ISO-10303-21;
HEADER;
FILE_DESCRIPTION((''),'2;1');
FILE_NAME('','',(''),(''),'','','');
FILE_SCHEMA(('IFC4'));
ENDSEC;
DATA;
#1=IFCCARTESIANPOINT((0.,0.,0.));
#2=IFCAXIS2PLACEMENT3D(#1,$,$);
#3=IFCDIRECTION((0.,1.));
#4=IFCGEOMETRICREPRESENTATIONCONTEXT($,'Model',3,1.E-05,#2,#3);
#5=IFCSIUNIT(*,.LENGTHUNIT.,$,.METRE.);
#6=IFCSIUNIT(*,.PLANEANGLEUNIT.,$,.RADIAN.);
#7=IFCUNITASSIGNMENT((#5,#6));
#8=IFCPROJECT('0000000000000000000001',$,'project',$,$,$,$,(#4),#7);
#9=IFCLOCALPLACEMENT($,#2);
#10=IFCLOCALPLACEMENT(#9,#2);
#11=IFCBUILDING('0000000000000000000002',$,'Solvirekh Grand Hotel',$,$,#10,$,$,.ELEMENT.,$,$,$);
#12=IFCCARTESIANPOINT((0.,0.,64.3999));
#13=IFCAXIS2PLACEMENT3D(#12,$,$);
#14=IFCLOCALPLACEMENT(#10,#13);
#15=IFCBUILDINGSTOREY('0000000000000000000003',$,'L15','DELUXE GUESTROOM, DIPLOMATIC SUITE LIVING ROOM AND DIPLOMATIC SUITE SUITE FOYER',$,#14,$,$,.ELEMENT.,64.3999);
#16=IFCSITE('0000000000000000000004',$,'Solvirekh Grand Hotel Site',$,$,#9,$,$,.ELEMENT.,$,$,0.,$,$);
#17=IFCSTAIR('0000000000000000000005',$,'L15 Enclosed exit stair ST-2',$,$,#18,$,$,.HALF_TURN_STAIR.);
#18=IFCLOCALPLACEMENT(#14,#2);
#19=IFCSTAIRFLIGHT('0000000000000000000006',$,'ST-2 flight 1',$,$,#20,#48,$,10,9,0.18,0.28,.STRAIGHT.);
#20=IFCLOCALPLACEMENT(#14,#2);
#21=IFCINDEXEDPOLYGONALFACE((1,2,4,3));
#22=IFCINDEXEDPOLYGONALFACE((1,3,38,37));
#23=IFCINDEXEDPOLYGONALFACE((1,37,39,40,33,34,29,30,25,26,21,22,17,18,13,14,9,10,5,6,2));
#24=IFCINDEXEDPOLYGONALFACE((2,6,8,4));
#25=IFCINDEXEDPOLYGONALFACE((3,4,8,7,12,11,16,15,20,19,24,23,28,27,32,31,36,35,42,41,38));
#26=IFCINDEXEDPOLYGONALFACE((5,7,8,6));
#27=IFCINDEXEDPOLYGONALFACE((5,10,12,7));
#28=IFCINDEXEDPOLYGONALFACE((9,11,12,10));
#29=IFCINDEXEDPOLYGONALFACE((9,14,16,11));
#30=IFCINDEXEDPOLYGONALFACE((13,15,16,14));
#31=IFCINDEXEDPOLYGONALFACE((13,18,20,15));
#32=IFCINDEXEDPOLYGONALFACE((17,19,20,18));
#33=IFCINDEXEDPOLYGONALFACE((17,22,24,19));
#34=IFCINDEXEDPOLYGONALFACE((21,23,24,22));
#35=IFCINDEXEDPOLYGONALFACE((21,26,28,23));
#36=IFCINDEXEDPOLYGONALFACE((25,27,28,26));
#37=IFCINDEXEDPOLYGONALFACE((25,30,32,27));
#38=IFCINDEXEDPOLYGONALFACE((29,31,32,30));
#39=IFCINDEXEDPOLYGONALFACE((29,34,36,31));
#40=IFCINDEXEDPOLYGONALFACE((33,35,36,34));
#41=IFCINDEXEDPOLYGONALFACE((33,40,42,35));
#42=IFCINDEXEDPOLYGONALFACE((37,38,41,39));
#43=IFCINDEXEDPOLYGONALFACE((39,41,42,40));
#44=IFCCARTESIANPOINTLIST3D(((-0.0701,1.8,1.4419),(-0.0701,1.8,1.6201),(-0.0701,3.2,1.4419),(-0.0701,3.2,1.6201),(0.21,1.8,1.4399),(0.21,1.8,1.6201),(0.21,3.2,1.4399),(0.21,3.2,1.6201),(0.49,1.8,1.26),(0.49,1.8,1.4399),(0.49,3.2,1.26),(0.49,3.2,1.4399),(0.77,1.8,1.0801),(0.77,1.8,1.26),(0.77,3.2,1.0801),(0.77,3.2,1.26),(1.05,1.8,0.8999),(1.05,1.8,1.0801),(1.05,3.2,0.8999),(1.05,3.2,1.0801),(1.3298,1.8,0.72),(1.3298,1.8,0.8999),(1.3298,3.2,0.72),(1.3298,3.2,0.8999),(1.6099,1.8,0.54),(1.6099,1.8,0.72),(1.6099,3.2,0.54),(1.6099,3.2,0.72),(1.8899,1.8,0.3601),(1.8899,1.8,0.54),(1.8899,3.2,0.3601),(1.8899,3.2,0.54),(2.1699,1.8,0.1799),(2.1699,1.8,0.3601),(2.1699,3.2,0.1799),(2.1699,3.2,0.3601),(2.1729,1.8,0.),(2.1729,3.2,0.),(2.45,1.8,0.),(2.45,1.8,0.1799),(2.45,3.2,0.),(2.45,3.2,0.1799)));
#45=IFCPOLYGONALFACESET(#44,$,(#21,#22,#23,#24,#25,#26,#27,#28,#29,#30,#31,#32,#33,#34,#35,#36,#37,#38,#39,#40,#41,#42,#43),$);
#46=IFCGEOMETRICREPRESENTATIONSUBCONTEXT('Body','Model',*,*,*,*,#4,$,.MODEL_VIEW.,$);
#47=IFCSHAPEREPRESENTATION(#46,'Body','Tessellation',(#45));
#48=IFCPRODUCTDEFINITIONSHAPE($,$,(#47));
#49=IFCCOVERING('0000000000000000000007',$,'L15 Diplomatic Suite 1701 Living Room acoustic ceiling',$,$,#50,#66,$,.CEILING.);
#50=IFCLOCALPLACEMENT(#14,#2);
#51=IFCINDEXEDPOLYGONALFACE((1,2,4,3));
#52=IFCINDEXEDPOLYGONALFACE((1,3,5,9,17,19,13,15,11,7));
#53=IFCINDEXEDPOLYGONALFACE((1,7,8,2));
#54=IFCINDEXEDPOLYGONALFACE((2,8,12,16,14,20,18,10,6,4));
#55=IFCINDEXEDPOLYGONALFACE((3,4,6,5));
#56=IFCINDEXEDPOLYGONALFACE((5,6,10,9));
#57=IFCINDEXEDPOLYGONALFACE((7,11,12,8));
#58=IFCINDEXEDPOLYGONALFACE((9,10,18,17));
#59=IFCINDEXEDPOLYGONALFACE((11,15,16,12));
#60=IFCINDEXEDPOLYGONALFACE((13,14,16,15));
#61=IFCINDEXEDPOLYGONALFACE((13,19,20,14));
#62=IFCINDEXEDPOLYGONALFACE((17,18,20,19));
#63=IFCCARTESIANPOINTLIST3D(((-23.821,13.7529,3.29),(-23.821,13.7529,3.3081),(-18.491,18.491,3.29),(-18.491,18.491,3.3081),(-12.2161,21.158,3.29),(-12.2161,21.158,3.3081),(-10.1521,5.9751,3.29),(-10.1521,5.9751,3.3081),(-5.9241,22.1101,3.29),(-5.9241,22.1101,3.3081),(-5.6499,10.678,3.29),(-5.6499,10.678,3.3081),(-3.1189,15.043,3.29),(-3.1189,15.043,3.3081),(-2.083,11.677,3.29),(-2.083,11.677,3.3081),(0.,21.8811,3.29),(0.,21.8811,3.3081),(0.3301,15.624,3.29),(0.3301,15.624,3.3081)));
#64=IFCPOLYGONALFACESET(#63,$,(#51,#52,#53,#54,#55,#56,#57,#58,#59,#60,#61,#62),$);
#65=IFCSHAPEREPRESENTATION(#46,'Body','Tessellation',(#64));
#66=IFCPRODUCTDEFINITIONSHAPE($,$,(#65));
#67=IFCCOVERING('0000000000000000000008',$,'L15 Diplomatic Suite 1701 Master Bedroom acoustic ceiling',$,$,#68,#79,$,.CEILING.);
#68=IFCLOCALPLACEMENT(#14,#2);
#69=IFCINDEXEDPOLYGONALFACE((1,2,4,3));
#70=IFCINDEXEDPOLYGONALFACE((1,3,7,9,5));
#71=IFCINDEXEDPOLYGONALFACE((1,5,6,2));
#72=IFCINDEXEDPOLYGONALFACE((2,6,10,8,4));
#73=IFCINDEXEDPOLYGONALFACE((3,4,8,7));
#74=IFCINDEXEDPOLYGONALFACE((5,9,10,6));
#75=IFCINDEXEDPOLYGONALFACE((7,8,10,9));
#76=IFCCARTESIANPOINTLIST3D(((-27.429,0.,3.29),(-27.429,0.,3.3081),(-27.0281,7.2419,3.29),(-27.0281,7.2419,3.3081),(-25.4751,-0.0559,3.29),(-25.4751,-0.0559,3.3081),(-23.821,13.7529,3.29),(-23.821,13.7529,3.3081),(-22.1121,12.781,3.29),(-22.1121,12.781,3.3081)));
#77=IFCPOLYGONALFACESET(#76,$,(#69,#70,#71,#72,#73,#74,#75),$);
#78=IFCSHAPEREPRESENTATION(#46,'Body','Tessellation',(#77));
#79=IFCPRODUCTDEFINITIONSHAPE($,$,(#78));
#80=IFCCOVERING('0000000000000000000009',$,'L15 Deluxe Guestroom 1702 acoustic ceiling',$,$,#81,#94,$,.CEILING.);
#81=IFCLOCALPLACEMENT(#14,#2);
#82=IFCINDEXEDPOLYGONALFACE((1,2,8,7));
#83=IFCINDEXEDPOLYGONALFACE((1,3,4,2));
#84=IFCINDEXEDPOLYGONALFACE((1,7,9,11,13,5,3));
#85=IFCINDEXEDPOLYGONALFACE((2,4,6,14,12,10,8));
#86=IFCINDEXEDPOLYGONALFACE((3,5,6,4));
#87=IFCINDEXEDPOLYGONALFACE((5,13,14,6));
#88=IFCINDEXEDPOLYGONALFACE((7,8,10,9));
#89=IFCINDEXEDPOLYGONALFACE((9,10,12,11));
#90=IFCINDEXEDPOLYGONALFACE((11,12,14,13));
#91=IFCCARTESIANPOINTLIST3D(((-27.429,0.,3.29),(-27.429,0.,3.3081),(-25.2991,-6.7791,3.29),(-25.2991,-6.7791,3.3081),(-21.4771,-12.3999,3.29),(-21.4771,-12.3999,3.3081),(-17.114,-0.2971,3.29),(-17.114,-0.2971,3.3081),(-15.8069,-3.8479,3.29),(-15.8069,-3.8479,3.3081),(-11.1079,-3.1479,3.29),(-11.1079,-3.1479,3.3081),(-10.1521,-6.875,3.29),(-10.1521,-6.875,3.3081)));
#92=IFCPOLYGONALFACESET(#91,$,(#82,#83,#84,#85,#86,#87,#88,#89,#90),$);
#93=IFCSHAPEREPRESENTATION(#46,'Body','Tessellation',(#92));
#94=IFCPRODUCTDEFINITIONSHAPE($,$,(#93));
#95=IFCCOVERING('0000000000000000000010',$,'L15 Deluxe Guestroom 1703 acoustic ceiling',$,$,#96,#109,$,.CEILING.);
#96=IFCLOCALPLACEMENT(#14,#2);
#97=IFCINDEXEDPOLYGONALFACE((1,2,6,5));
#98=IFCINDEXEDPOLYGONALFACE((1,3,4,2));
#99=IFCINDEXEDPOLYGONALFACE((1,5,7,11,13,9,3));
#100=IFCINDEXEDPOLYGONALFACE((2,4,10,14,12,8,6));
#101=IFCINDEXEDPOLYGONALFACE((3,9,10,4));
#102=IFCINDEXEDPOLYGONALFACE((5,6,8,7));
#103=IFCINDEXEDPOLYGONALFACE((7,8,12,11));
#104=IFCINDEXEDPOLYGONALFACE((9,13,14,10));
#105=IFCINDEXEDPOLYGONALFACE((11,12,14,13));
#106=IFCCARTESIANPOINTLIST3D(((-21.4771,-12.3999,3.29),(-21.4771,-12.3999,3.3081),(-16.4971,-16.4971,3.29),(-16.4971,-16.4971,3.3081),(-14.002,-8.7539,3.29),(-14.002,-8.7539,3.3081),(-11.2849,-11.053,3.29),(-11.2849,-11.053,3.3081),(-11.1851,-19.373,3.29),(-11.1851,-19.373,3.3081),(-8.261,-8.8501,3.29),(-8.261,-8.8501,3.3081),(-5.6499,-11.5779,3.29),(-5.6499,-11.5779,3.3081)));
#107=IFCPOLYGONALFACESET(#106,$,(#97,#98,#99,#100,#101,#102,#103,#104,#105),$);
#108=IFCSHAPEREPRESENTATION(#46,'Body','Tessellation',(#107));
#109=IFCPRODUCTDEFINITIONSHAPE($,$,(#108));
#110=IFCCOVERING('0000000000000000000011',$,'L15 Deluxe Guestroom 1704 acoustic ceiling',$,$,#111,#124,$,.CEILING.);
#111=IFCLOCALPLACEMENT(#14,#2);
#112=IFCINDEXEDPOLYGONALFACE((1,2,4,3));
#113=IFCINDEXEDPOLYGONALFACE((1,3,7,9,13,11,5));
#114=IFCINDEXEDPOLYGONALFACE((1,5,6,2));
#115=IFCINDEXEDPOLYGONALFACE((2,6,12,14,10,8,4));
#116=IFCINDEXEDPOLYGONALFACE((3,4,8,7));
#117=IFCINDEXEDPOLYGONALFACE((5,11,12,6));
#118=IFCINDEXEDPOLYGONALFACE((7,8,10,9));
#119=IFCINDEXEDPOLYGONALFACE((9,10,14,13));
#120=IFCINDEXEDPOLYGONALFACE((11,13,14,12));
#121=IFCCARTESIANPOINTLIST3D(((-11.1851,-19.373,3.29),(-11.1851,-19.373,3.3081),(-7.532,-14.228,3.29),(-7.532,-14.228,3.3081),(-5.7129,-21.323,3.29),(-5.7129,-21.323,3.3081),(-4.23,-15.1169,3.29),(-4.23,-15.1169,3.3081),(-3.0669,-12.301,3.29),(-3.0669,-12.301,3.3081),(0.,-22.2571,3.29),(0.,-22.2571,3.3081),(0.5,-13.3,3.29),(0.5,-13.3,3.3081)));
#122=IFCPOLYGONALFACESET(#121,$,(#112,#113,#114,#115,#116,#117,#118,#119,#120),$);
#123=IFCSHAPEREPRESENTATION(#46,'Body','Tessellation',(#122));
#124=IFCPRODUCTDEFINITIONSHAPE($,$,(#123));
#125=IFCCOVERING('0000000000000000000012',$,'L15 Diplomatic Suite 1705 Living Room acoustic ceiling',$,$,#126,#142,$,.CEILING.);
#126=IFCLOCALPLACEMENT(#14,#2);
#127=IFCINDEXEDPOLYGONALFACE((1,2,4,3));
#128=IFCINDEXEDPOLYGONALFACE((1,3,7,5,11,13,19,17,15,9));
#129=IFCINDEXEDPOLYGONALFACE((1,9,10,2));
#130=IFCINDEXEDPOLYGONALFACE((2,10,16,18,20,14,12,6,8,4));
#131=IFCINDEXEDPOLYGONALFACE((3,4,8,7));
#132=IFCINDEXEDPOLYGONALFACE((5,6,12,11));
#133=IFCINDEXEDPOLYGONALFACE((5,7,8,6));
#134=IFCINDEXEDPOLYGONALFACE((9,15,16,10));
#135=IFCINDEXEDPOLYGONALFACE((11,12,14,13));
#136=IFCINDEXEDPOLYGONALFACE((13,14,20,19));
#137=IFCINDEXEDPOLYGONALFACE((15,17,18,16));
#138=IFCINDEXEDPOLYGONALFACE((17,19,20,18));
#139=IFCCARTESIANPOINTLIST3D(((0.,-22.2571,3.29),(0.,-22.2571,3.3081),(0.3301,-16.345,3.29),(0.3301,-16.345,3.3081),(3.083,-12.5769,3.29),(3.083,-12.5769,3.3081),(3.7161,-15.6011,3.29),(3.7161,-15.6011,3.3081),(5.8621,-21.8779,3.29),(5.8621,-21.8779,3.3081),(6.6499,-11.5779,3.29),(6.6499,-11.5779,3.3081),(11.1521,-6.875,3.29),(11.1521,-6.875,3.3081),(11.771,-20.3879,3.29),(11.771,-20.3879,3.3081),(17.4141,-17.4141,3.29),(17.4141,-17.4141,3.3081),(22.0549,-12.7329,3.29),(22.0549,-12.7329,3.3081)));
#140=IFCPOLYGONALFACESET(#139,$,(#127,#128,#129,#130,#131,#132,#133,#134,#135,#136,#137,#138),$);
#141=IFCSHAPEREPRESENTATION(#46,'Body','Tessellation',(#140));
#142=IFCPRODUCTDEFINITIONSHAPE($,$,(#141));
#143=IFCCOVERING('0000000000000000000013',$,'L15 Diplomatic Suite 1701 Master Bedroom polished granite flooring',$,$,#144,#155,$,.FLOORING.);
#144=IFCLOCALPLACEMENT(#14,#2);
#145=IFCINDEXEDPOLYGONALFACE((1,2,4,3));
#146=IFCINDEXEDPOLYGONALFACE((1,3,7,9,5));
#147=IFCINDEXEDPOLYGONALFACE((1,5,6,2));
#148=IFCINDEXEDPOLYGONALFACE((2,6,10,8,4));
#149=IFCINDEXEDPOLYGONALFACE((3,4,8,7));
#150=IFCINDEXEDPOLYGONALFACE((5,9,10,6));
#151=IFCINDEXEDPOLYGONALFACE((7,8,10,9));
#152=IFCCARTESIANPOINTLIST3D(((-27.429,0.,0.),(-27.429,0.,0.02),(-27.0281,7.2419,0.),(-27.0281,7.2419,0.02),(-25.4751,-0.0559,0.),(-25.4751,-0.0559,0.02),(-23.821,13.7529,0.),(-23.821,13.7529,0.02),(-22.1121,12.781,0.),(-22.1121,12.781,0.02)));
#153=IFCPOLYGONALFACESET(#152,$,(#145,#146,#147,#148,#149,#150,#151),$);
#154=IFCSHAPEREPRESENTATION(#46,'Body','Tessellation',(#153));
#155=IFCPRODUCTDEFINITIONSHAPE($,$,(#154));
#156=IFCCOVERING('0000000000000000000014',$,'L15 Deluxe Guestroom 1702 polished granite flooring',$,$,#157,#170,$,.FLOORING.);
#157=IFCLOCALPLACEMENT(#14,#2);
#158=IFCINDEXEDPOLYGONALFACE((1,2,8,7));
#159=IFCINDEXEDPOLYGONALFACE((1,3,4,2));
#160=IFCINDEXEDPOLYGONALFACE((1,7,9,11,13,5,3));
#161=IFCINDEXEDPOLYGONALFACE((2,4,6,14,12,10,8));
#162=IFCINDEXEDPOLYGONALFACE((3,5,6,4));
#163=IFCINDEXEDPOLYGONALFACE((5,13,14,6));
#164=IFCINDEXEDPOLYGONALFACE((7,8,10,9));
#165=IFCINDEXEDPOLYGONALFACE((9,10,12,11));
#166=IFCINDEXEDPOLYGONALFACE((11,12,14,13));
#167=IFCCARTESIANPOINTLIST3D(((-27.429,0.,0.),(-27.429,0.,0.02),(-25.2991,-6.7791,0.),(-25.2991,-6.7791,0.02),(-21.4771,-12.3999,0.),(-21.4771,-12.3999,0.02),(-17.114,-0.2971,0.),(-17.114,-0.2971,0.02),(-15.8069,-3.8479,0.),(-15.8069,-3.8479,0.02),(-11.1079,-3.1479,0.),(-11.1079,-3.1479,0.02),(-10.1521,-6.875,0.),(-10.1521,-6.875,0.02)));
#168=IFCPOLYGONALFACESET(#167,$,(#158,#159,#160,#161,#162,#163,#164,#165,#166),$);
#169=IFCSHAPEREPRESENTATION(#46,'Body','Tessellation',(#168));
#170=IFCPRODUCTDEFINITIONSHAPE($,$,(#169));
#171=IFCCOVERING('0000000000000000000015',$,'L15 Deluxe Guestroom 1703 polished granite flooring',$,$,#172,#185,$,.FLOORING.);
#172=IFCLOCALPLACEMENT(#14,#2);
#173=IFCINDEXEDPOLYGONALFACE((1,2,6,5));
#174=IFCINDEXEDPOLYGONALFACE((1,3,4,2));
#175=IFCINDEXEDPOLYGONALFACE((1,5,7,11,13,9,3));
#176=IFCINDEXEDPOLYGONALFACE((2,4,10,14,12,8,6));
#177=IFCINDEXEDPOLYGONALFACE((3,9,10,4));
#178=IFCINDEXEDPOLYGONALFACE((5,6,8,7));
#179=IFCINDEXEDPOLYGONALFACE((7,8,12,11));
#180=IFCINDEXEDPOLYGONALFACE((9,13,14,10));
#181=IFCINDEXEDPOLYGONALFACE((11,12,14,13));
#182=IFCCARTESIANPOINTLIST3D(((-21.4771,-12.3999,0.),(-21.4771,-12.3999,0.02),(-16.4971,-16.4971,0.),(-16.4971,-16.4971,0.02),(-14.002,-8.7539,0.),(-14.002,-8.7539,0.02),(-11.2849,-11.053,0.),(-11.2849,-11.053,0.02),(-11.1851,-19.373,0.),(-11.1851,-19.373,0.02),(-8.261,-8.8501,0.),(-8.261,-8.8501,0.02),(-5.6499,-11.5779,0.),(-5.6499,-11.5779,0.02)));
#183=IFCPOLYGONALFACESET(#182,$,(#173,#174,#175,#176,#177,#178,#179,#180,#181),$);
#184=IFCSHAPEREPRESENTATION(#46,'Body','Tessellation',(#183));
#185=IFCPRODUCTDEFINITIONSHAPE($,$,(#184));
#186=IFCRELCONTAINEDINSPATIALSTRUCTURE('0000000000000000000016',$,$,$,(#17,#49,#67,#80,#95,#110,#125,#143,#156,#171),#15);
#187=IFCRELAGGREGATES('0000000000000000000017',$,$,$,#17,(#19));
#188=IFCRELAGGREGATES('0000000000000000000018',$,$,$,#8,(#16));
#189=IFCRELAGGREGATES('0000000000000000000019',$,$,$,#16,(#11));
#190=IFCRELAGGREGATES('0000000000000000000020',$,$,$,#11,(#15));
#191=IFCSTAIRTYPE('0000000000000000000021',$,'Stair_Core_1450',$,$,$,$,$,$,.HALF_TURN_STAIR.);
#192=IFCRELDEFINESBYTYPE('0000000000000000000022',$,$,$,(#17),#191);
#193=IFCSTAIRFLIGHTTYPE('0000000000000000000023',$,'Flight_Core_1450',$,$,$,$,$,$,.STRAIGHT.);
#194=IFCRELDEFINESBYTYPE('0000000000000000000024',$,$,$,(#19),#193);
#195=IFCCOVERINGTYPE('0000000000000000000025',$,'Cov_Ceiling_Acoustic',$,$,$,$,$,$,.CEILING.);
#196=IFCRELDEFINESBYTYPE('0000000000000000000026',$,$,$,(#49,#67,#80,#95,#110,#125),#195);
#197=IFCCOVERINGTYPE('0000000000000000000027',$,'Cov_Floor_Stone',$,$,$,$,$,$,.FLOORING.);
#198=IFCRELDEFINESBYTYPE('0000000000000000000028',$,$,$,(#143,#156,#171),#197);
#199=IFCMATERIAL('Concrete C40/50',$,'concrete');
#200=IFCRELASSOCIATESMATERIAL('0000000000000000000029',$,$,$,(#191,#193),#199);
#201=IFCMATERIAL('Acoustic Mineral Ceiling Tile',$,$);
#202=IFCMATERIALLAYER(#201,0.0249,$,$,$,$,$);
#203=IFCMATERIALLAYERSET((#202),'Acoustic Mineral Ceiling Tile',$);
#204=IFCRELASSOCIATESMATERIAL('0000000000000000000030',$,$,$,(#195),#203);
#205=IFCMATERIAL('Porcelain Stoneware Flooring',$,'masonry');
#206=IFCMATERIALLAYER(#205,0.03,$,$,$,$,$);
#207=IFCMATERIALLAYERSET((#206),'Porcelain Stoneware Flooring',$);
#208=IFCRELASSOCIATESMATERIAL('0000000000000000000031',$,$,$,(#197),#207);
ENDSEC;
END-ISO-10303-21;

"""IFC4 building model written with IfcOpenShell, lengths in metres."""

from ifc_helpers import new_model, si_unit, direction, frame, origin, place, context, subcontext, project, spatial, polyline, outline, extrude, material, layer, layer_set, type_object, element, aggregate, save


model = new_model("IFC4")

# Units and contexts
model_context = context("Model", 3, precision=1e-05, world=origin(), true_north=direction((0.0, 1.0)))
body_context = subcontext(model_context, "Body", "Model", "MODEL_VIEW")
ifc_project = project(units=[si_unit("LENGTHUNIT", "METRE"), si_unit("PLANEANGLEUNIT", "RADIAN")], contexts=[model_context])

# Site, building, storey
site_placement = place(None, origin())
site = spatial("IfcSite", under=ifc_project, at=site_placement, Name="Solvirekh Grand Hotel Site", CompositionType="ELEMENT", RefElevation=0.0)
building_placement = place(site_placement, origin())
building = spatial("IfcBuilding", under=site, at=building_placement, Name="Solvirekh Grand Hotel", CompositionType="ELEMENT")
storey_placement = place(building_placement, frame((0.0, 0.0, 64.3999)))
storey = spatial("IfcBuildingStorey", under=building, at=storey_placement, Name="L15", Description="DELUXE GUESTROOM, DIPLOMATIC SUITE LIVING ROOM AND DIPLOMATIC SUITE SUITE FOYER", CompositionType="ELEMENT", Elevation=64.3999)

# Shared definitions
ifc_material_1 = material(Name="Concrete C40/50", Category="concrete")

# Stair, stair flight
stair_type = type_object("IfcStairType", Name="Stair_Core_1450", PredefinedType="HALF_TURN_STAIR", material=ifc_material_1)
stair_placement = place(storey_placement, origin())
stair = element("IfcStair", 1, at=stair_placement, inside=storey, type_object=stair_type, Name="L15 Enclosed exit stair ST-2", PredefinedType="HALF_TURN_STAIR")
stair_flight_type = type_object("IfcStairFlightType", Name="Flight_Core_1450", PredefinedType="STRAIGHT", material=ifc_material_1)
stair_flight_placement = place(storey_placement, frame((2.45, 2.5, 0.0), z_axis=(0.0, 0.0, 1.0), x_axis=(-1.0, 0.0, 0.0)))
stair_flight = element("IfcStairFlight", 2, at=stair_flight_placement, type_object=stair_flight_type, Name="ST-2 flight 1", NumberOfRisers=10, NumberOfTreads=9, PredefinedType="STRAIGHT", RiserHeight=0.18, TreadLength=0.28, context=body_context, shape_type="SweptSolid", body=[
    extrude(outline(polyline([(0.0, 0.0), (0.0, 0.1799), (0.28, 0.1799), (0.28, 0.3601), (0.5601, 0.3601), (0.5601, 0.54), (0.8401, 0.54), (0.8401, 0.72), (1.1201, 0.72), (1.1201, 0.8999), (1.3999, 0.8999), (1.3999, 1.0801), (1.6799, 1.0801), (1.6799, 1.26), (1.96, 1.26), (1.96, 1.4399), (2.24, 1.4399), (2.24, 1.6201), (2.52, 1.6201), (2.52, 1.8), (2.52, 1.4419), (0.2771, 0.0), (0.0, 0.0)])), frame((0.0, 0.7, 0.0), z_axis=(0.0, -1.0, 0.0), x_axis=(1.0, 0.0, 0.0)), (0.0, 0.0, 1.0), 1.3999),
])
aggregate(stair, [stair_flight])

# Coverings
ifc_material_2 = material(Name="Acoustic Mineral Ceiling Tile")
ifc_layer_1 = layer(ifc_material_2, 0.0249)
ifc_layer_set_1 = layer_set([ifc_layer_1], Name="Acoustic Mineral Ceiling Tile")
covering_type_1 = type_object("IfcCoveringType", Name="Cov_Ceiling_Acoustic", PredefinedType="CEILING", material=ifc_layer_set_1)
covering_1_placement = place(storey_placement, frame((0.0, 0.0, 3.29)))
element("IfcCovering", 3, at=covering_1_placement, inside=storey, type_object=covering_type_1, Name="L15 Diplomatic Suite 1701 Living Room acoustic ceiling", PredefinedType="CEILING", context=body_context, shape_type="SweptSolid", body=[
    extrude(outline(polyline([(-3.1189, 15.043), (0.3301, 15.624), (0.0, 21.8811), (-5.9241, 22.1101), (-12.2161, 21.158), (-18.491, 18.491), (-23.821, 13.7529), (-10.1521, 5.9751), (-5.6499, 10.678), (-2.083, 11.677), (-3.1189, 15.043)])), origin(), (0.0, 0.0, 1.0), 0.0181),
])
covering_2_placement = place(storey_placement, frame((0.0, 0.0, 3.29)))
element("IfcCovering", 4, at=covering_2_placement, inside=storey, type_object=covering_type_1, Name="L15 Diplomatic Suite 1701 Master Bedroom acoustic ceiling", PredefinedType="CEILING", context=body_context, shape_type="SweptSolid", body=[
    extrude(outline(polyline([(-23.821, 13.7529), (-27.0281, 7.2419), (-27.429, 0.0), (-25.4751, -0.0559), (-22.1121, 12.781), (-23.821, 13.7529)])), origin(), (0.0, 0.0, 1.0), 0.0181),
])
covering_3_placement = place(storey_placement, frame((0.0, 0.0, 3.29)))
element("IfcCovering", 5, at=covering_3_placement, inside=storey, type_object=covering_type_1, Name="L15 Deluxe Guestroom 1702 acoustic ceiling", PredefinedType="CEILING", context=body_context, shape_type="SweptSolid", body=[
    extrude(outline(polyline([(-15.8069, -3.8479), (-17.114, -0.2971), (-27.429, 0.0), (-25.2991, -6.7791), (-21.4771, -12.3999), (-10.1521, -6.875), (-11.1079, -3.1479), (-15.8069, -3.8479)])), origin(), (0.0, 0.0, 1.0), 0.0181),
])
covering_4_placement = place(storey_placement, frame((0.0, 0.0, 3.29)))
element("IfcCovering", 6, at=covering_4_placement, inside=storey, type_object=covering_type_1, Name="L15 Deluxe Guestroom 1703 acoustic ceiling", PredefinedType="CEILING", context=body_context, shape_type="SweptSolid", body=[
    extrude(outline(polyline([(-11.2849, -11.053), (-14.002, -8.7539), (-21.4771, -12.3999), (-16.4971, -16.4971), (-11.1851, -19.373), (-5.6499, -11.5779), (-8.261, -8.8501), (-11.2849, -11.053)])), origin(), (0.0, 0.0, 1.0), 0.0181),
])
covering_5_placement = place(storey_placement, frame((0.0, 0.0, 3.29)))
element("IfcCovering", 7, at=covering_5_placement, inside=storey, type_object=covering_type_1, Name="L15 Deluxe Guestroom 1704 acoustic ceiling", PredefinedType="CEILING", context=body_context, shape_type="SweptSolid", body=[
    extrude(outline(polyline([(-4.23, -15.1169), (-7.532, -14.228), (-11.1851, -19.373), (-5.7129, -21.323), (0.0, -22.2571), (0.5, -13.3), (-3.0669, -12.301), (-4.23, -15.1169)])), origin(), (0.0, 0.0, 1.0), 0.0181),
])
covering_6_placement = place(storey_placement, frame((0.0, 0.0, 3.29)))
element("IfcCovering", 8, at=covering_6_placement, inside=storey, type_object=covering_type_1, Name="L15 Diplomatic Suite 1705 Living Room acoustic ceiling", PredefinedType="CEILING", context=body_context, shape_type="SweptSolid", body=[
    extrude(outline(polyline([(3.7161, -15.6011), (0.3301, -16.345), (0.0, -22.2571), (5.8621, -21.8779), (11.771, -20.3879), (17.4141, -17.4141), (22.0549, -12.7329), (11.1521, -6.875), (6.6499, -11.5779), (3.083, -12.5769), (3.7161, -15.6011)])), origin(), (0.0, 0.0, 1.0), 0.0181),
])
ifc_material_3 = material(Name="Porcelain Stoneware Flooring", Category="masonry")
ifc_layer_2 = layer(ifc_material_3, 0.03)
ifc_layer_set_2 = layer_set([ifc_layer_2], Name="Porcelain Stoneware Flooring")
covering_type_2 = type_object("IfcCoveringType", Name="Cov_Floor_Stone", PredefinedType="FLOORING", material=ifc_layer_set_2)
covering_7_placement = place(storey_placement, origin())
element("IfcCovering", 9, at=covering_7_placement, inside=storey, type_object=covering_type_2, Name="L15 Diplomatic Suite 1701 Master Bedroom polished granite flooring", PredefinedType="FLOORING", context=body_context, shape_type="SweptSolid", body=[
    extrude(outline(polyline([(-23.821, 13.7529), (-27.0281, 7.2419), (-27.429, 0.0), (-25.4751, -0.0559), (-22.1121, 12.781), (-23.821, 13.7529)])), origin(), (0.0, 0.0, 1.0), 0.02),
])
covering_8_placement = place(storey_placement, origin())
element("IfcCovering", 10, at=covering_8_placement, inside=storey, type_object=covering_type_2, Name="L15 Deluxe Guestroom 1702 polished granite flooring", PredefinedType="FLOORING", context=body_context, shape_type="SweptSolid", body=[
    extrude(outline(polyline([(-15.8069, -3.8479), (-17.114, -0.2971), (-27.429, 0.0), (-25.2991, -6.7791), (-21.4771, -12.3999), (-10.1521, -6.875), (-11.1079, -3.1479), (-15.8069, -3.8479)])), origin(), (0.0, 0.0, 1.0), 0.02),
])
covering_9_placement = place(storey_placement, origin())
element("IfcCovering", 11, at=covering_9_placement, inside=storey, type_object=covering_type_2, Name="L15 Deluxe Guestroom 1703 polished granite flooring", PredefinedType="FLOORING", context=body_context, shape_type="SweptSolid", body=[
    extrude(outline(polyline([(-11.2849, -11.053), (-14.002, -8.7539), (-21.4771, -12.3999), (-16.4971, -16.4971), (-11.1851, -19.373), (-5.6499, -11.5779), (-8.261, -8.8501), (-11.2849, -11.053)])), origin(), (0.0, 0.0, 1.0), 0.02),
])

save(model, "model.ifc")
